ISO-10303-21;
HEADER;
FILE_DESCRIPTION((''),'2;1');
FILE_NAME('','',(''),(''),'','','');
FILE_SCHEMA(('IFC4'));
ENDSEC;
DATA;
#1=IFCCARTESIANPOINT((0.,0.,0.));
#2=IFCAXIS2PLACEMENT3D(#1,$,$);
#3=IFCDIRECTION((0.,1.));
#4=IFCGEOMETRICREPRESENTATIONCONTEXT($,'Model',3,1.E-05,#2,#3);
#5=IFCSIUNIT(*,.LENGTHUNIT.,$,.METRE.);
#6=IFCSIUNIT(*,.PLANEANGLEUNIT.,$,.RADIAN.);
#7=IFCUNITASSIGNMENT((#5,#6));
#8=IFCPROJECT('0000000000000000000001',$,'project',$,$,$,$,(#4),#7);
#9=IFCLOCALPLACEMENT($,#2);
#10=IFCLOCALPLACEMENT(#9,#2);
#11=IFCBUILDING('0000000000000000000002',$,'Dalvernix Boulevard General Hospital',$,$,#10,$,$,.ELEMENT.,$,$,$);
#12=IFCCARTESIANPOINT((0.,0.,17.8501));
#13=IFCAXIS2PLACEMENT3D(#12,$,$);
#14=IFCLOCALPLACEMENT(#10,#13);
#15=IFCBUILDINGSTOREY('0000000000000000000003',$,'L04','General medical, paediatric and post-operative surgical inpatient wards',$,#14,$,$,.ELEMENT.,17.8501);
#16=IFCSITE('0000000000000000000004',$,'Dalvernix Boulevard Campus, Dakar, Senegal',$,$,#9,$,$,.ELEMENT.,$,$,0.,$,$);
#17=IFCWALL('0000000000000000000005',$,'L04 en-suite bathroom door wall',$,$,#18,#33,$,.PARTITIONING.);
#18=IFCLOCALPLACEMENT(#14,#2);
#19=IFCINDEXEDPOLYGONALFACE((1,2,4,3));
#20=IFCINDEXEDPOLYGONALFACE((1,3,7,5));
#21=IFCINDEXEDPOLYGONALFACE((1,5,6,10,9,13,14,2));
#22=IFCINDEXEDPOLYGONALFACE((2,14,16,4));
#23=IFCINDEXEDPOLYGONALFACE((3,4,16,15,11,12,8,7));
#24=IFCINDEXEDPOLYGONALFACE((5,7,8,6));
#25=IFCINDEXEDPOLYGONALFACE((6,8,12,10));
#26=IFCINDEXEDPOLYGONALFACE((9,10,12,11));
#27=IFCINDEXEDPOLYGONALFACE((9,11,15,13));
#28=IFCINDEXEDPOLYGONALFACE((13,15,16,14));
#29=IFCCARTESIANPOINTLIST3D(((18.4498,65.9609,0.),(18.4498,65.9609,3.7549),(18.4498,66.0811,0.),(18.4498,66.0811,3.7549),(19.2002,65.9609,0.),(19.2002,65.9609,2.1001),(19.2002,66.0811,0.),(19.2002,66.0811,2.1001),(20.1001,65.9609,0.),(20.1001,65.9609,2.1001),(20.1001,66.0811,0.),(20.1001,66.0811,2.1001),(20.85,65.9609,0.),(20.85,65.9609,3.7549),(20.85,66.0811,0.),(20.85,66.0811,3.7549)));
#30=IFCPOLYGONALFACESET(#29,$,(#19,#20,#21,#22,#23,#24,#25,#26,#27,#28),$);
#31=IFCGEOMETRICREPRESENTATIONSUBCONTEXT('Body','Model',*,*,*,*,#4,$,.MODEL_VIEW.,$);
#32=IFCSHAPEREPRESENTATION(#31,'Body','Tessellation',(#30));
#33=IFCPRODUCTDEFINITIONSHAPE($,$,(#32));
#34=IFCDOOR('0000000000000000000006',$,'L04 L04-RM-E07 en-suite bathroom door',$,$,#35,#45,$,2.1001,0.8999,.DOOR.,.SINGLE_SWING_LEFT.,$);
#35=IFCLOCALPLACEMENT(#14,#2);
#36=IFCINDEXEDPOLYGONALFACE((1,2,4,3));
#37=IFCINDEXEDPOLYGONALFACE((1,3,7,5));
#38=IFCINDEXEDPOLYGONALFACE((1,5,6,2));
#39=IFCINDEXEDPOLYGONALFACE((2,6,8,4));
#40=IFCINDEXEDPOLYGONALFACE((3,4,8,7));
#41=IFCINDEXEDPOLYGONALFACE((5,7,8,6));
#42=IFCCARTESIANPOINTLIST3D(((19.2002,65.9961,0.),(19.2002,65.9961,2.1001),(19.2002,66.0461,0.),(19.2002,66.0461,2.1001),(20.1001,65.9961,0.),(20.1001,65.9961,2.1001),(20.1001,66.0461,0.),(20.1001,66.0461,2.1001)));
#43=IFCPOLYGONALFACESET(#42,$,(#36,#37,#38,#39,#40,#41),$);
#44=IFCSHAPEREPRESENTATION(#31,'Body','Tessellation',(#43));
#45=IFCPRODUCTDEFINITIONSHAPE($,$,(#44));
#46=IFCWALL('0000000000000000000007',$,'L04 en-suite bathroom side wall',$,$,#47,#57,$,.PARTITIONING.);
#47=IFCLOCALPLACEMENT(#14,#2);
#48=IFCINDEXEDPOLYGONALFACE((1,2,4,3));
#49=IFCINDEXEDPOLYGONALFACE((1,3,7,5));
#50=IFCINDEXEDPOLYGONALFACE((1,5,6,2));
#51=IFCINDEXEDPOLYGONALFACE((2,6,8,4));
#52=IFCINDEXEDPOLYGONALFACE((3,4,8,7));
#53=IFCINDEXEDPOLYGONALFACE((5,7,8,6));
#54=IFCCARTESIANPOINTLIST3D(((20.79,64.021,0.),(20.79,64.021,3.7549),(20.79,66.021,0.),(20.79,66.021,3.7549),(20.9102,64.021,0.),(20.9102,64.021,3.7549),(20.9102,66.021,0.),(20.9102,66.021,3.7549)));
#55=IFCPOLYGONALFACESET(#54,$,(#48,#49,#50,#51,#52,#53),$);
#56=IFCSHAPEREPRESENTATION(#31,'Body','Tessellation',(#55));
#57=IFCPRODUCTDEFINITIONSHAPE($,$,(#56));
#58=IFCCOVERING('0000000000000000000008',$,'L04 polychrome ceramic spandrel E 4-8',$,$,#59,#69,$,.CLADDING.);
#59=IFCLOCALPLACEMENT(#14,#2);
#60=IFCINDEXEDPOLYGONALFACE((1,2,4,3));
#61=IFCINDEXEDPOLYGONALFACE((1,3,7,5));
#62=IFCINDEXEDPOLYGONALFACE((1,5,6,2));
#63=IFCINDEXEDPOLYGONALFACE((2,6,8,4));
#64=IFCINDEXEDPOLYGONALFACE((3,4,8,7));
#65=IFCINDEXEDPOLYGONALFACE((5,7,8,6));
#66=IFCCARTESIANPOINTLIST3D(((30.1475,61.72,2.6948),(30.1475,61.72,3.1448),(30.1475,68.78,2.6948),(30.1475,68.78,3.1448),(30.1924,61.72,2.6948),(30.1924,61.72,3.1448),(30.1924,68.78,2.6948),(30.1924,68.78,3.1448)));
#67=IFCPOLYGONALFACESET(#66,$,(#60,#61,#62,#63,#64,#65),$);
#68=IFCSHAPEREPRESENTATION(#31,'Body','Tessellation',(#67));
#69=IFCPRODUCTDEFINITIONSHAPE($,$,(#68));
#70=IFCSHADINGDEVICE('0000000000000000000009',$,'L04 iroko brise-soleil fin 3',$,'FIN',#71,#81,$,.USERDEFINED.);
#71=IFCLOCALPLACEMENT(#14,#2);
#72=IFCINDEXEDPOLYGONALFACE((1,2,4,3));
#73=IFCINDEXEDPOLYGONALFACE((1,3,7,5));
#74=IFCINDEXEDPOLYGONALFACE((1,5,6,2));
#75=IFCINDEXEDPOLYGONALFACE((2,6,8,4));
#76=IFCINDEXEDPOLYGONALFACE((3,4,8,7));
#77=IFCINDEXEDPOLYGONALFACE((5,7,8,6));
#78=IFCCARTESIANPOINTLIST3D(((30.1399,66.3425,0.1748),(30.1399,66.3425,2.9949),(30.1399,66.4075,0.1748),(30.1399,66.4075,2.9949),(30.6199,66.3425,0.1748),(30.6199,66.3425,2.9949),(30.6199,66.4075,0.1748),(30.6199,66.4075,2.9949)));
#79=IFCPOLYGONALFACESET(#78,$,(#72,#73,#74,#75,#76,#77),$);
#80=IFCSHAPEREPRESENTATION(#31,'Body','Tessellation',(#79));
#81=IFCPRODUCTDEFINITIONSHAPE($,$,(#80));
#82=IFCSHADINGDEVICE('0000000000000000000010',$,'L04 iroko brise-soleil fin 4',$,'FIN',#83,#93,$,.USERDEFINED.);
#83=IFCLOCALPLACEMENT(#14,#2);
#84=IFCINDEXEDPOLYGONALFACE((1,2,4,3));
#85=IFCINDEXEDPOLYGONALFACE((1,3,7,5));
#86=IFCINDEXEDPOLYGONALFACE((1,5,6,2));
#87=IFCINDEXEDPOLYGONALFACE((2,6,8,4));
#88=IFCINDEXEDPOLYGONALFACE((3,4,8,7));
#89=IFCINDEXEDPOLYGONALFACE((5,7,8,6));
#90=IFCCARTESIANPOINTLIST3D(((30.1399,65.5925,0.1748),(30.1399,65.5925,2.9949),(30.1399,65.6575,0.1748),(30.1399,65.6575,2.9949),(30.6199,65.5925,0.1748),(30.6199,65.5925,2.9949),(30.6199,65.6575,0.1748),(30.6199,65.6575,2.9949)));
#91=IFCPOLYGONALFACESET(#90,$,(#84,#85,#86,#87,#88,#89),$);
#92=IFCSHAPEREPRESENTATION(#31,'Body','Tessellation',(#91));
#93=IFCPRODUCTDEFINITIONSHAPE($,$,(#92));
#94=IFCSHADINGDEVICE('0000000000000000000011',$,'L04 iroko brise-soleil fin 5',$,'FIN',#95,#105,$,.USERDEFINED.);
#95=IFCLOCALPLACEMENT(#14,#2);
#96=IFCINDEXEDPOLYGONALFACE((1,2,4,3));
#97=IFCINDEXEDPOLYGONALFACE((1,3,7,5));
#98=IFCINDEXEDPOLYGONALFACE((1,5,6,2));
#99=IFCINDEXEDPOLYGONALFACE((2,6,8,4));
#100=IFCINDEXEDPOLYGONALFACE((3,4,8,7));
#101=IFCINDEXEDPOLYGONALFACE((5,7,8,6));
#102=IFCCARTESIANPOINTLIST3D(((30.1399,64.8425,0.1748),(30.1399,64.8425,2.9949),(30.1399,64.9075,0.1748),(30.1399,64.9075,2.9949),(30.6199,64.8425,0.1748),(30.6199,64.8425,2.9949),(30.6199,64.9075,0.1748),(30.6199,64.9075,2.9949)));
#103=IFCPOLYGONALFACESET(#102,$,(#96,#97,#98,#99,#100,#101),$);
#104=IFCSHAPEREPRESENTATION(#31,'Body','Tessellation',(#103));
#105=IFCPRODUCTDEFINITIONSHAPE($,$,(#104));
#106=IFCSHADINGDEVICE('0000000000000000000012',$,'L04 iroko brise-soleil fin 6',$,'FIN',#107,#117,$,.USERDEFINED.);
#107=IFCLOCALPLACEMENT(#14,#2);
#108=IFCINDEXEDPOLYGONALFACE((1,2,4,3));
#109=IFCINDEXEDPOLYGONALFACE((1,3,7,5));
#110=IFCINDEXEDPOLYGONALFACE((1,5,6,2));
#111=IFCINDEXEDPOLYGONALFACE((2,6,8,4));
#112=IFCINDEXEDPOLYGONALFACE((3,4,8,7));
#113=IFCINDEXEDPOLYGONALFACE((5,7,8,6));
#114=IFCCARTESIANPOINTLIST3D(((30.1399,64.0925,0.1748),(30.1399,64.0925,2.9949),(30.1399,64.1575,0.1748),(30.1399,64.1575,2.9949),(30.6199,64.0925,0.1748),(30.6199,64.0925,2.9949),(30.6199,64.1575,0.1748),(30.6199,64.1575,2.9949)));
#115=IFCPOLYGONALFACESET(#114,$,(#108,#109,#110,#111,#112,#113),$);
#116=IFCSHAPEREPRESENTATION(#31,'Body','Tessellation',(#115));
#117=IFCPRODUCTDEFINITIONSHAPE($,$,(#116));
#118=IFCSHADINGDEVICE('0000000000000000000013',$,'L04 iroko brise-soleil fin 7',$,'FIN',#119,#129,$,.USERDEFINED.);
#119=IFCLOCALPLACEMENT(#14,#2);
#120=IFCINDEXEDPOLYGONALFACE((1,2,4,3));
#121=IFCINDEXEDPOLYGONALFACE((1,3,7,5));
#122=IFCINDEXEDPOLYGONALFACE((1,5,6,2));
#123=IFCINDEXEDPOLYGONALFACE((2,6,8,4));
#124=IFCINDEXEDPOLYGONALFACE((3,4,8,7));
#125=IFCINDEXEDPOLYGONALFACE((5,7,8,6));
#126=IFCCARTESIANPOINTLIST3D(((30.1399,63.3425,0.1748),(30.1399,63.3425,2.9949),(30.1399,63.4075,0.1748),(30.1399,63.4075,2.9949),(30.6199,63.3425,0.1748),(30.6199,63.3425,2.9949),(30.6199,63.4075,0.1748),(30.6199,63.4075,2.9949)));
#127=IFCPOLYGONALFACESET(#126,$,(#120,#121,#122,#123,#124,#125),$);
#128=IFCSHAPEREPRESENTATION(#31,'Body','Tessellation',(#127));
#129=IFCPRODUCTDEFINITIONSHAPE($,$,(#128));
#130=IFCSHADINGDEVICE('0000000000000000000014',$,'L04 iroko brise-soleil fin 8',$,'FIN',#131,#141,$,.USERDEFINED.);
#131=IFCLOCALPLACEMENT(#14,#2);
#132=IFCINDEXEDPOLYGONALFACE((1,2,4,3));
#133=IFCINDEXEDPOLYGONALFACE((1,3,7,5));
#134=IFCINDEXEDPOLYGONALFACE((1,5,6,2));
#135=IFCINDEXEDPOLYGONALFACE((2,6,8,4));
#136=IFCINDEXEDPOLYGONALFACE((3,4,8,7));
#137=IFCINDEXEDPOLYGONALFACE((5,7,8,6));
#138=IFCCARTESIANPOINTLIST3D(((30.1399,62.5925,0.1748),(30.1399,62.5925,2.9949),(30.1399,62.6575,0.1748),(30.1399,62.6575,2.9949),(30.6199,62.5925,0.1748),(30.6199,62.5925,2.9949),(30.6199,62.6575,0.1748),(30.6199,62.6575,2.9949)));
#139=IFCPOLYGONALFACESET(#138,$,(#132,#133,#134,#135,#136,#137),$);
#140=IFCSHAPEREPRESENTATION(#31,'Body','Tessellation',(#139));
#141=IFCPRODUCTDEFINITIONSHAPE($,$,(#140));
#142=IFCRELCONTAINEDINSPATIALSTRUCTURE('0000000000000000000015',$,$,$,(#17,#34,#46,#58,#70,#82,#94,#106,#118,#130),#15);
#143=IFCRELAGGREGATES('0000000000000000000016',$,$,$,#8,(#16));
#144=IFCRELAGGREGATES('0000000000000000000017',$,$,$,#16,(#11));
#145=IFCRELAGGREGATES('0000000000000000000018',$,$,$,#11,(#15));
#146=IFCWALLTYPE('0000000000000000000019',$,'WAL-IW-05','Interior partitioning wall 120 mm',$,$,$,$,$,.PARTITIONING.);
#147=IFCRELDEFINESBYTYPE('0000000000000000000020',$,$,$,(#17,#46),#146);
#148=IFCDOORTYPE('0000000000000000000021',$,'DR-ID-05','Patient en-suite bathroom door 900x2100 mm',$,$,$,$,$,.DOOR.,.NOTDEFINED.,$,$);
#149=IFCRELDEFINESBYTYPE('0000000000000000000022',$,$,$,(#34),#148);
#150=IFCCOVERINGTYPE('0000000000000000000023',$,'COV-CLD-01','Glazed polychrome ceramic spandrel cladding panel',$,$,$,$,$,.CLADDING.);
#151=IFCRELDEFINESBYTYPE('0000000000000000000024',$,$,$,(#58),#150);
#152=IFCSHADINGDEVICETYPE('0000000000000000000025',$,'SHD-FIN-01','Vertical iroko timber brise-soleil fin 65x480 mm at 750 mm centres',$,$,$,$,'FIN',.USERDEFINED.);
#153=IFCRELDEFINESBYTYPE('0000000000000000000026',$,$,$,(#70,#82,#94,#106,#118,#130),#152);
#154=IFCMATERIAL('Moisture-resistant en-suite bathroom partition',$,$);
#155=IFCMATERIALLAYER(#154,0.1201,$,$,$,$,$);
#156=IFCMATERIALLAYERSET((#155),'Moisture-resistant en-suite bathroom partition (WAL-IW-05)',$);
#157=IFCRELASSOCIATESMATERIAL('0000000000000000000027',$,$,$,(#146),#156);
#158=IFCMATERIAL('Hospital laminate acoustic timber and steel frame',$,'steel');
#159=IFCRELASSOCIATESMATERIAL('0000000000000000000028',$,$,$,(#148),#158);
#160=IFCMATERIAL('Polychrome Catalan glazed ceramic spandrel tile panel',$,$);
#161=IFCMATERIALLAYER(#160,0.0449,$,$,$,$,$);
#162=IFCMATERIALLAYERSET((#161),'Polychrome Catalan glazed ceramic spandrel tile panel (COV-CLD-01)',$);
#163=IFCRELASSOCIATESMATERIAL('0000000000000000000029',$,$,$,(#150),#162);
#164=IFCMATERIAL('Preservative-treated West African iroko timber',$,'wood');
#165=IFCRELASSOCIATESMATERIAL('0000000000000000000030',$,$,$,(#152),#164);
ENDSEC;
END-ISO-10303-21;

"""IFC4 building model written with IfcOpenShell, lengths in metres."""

from ifc_helpers import new_model, si_unit, direction, frame, frame_2d, origin, origin_2d, place, context, subcontext, project, spatial, rectangle, extrude, material, layer, layer_set, type_object, element, fill, save


model = new_model("IFC4")

# Units and contexts
model_context = context("Model", 3, precision=1e-05, world=origin(), true_north=direction((0.0, 1.0)))
body_context = subcontext(model_context, "Body", "Model", "MODEL_VIEW")
ifc_project = project(units=[si_unit("LENGTHUNIT", "METRE"), si_unit("PLANEANGLEUNIT", "RADIAN")], contexts=[model_context])

# Site, building, storey
site_placement = place(None, origin())
site = spatial("IfcSite", under=ifc_project, at=site_placement, Name="Dalvernix Boulevard Campus, Dakar, Senegal", CompositionType="ELEMENT", RefElevation=0.0)
building_placement = place(site_placement, origin())
building = spatial("IfcBuilding", under=site, at=building_placement, Name="Dalvernix Boulevard General Hospital", CompositionType="ELEMENT")
storey_placement = place(building_placement, frame((0.0, 0.0, 17.8501)))
storey = spatial("IfcBuildingStorey", under=building, at=storey_placement, Name="L04", Description="General medical, paediatric and post-operative surgical inpatient wards", CompositionType="ELEMENT", Elevation=17.8501)

# Shared definitions
ifc_material_1 = material(Name="Hospital laminate acoustic timber and steel frame", Category="steel")

# Wall, opening, door
ifc_material_2 = material(Name="Moisture-resistant en-suite bathroom partition")
ifc_layer_1 = layer(ifc_material_2, 0.1201)
ifc_layer_set_1 = layer_set([ifc_layer_1], Name="Moisture-resistant en-suite bathroom partition (WAL-IW-05)")
wall_type_1 = type_object("IfcWallType", Name="WAL-IW-05", Description="Interior partitioning wall 120 mm", PredefinedType="PARTITIONING", material=ifc_layer_set_1)
wall_1_placement = place(storey_placement, frame((20.8501, 66.021, 0.0), z_axis=(0.0, 0.0, 1.0), x_axis=(-1.0, 0.0, 0.0)))
wall_1 = element("IfcWall", 1, at=wall_1_placement, inside=storey, type_object=wall_type_1, Name="L04 en-suite bathroom door wall", PredefinedType="PARTITIONING", context=body_context, shape_type="SweptSolid", body=[
    extrude(rectangle(XDim=2.4001, YDim=0.1201, at=frame_2d((1.2002, 0.0))), origin(), (0.0, 0.0, 1.0), 3.7549),
])
opening_1_placement = place(wall_1_placement, frame((0.75, 0.0, 0.0)))
opening_1 = element("IfcOpeningElement", 2, at=opening_1_placement, cuts=wall_1, PredefinedType="OPENING", context=body_context, shape_type="SweptSolid", body=[
    extrude(rectangle(XDim=0.8999, YDim=2.1001, at=frame_2d((0.45, 1.05))), frame((0.0, 0.0701, 0.0), z_axis=(0.0, -1.0, 0.0), x_axis=(1.0, 0.0, 0.0)), (0.0, 0.0, 1.0), 0.1401),
])
door_type_1 = type_object("IfcDoorType", Name="DR-ID-05", Description="Patient en-suite bathroom door 900x2100 mm", OperationType="NOTDEFINED", PredefinedType="DOOR", material=ifc_material_1)
door_1_placement = place(opening_1_placement, origin())
door_1 = element("IfcDoor", 3, at=door_1_placement, inside=storey, type_object=door_type_1, Name="L04 L04-RM-E07 en-suite bathroom door", OperationType="SINGLE_SWING_LEFT", OverallHeight=2.1001, OverallWidth=0.8999, PredefinedType="DOOR", context=body_context, shape_type="SweptSolid", body=[
    extrude(rectangle(XDim=0.8999, YDim=2.1001, at=frame_2d((0.45, 1.05))), frame((0.0, 0.0249, 0.0), z_axis=(0.0, -1.0, 0.0), x_axis=(1.0, 0.0, 0.0)), (0.0, 0.0, 1.0), 0.05),
])
fill(opening_1, door_1)

# Wall
wall_2_placement = place(storey_placement, frame((20.8501, 64.021, 0.0), z_axis=(0.0, 0.0, 1.0), x_axis=(0.0, 1.0, 0.0)))
element("IfcWall", 4, at=wall_2_placement, inside=storey, type_object=wall_type_1, Name="L04 en-suite bathroom side wall", PredefinedType="PARTITIONING", context=body_context, shape_type="SweptSolid", body=[
    extrude(rectangle(XDim=2.0, YDim=0.1201, at=frame_2d((1.0, 0.0))), origin(), (0.0, 0.0, 1.0), 3.7549),
])

# Covering
ifc_material_3 = material(Name="Polychrome Catalan glazed ceramic spandrel tile panel")
ifc_layer_2 = layer(ifc_material_3, 0.0449)
ifc_layer_set_2 = layer_set([ifc_layer_2], Name="Polychrome Catalan glazed ceramic spandrel tile panel (COV-CLD-01)")
covering_type = type_object("IfcCoveringType", Name="COV-CLD-01", Description="Glazed polychrome ceramic spandrel cladding panel", PredefinedType="CLADDING", material=ifc_layer_set_2)
covering_placement = place(storey_placement, frame((30.1699, 65.25, 2.6948), z_axis=(0.0, 0.0, 1.0), x_axis=(0.0, -1.0, 0.0)))
element("IfcCovering", 5, at=covering_placement, inside=storey, type_object=covering_type, Name="L04 polychrome ceramic spandrel E 4-8", PredefinedType="CLADDING", context=body_context, shape_type="SweptSolid", body=[
    extrude(rectangle(XDim=7.0601, YDim=0.0449, at=origin_2d()), origin(), (0.0, 0.0, 1.0), 0.45),
])

# Shading devices
ifc_material_4 = material(Name="Preservative-treated West African iroko timber", Category="wood")
shading_device_type = type_object("IfcShadingDeviceType", Name="SHD-FIN-01", Description="Vertical iroko timber brise-soleil fin 65x480 mm at 750 mm centres", ElementType="FIN", PredefinedType="USERDEFINED", material=ifc_material_4)
for number, where, z_axis, x_axis, name in (
    (6, (30.3799, 66.375, 0.1748), (0.0, 0.0, 1.0), (0.0, -1.0, 0.0), "L04 iroko brise-soleil fin 3"),
    (7, (30.3799, 65.625, 0.1748), (0.0, 0.0, 1.0), (0.0, -1.0, 0.0), "L04 iroko brise-soleil fin 4"),
    (8, (30.3799, 64.875, 0.1748), (0.0, 0.0, 1.0), (0.0, -1.0, 0.0), "L04 iroko brise-soleil fin 5"),
    (9, (30.3799, 64.125, 0.1748), (0.0, 0.0, 1.0), (0.0, -1.0, 0.0), "L04 iroko brise-soleil fin 6"),
    (10, (30.3799, 63.375, 0.1748), (0.0, 0.0, 1.0), (0.0, -1.0, 0.0), "L04 iroko brise-soleil fin 7"),
    (11, (30.3799, 62.625, 0.1748), (0.0, 0.0, 1.0), (0.0, -1.0, 0.0), "L04 iroko brise-soleil fin 8"),
):
    element("IfcShadingDevice", number, at=place(storey_placement, frame(where, z_axis=z_axis, x_axis=x_axis)), inside=storey, type_object=shading_device_type, Name=name, ObjectType="FIN", PredefinedType="USERDEFINED", context=body_context, shape_type="SweptSolid", body=[
        extrude(rectangle(XDim=0.0649, YDim=0.48, at=origin_2d()), origin(), (0.0, 0.0, 1.0), 2.8201),
    ])

save(model, "model.ifc")
